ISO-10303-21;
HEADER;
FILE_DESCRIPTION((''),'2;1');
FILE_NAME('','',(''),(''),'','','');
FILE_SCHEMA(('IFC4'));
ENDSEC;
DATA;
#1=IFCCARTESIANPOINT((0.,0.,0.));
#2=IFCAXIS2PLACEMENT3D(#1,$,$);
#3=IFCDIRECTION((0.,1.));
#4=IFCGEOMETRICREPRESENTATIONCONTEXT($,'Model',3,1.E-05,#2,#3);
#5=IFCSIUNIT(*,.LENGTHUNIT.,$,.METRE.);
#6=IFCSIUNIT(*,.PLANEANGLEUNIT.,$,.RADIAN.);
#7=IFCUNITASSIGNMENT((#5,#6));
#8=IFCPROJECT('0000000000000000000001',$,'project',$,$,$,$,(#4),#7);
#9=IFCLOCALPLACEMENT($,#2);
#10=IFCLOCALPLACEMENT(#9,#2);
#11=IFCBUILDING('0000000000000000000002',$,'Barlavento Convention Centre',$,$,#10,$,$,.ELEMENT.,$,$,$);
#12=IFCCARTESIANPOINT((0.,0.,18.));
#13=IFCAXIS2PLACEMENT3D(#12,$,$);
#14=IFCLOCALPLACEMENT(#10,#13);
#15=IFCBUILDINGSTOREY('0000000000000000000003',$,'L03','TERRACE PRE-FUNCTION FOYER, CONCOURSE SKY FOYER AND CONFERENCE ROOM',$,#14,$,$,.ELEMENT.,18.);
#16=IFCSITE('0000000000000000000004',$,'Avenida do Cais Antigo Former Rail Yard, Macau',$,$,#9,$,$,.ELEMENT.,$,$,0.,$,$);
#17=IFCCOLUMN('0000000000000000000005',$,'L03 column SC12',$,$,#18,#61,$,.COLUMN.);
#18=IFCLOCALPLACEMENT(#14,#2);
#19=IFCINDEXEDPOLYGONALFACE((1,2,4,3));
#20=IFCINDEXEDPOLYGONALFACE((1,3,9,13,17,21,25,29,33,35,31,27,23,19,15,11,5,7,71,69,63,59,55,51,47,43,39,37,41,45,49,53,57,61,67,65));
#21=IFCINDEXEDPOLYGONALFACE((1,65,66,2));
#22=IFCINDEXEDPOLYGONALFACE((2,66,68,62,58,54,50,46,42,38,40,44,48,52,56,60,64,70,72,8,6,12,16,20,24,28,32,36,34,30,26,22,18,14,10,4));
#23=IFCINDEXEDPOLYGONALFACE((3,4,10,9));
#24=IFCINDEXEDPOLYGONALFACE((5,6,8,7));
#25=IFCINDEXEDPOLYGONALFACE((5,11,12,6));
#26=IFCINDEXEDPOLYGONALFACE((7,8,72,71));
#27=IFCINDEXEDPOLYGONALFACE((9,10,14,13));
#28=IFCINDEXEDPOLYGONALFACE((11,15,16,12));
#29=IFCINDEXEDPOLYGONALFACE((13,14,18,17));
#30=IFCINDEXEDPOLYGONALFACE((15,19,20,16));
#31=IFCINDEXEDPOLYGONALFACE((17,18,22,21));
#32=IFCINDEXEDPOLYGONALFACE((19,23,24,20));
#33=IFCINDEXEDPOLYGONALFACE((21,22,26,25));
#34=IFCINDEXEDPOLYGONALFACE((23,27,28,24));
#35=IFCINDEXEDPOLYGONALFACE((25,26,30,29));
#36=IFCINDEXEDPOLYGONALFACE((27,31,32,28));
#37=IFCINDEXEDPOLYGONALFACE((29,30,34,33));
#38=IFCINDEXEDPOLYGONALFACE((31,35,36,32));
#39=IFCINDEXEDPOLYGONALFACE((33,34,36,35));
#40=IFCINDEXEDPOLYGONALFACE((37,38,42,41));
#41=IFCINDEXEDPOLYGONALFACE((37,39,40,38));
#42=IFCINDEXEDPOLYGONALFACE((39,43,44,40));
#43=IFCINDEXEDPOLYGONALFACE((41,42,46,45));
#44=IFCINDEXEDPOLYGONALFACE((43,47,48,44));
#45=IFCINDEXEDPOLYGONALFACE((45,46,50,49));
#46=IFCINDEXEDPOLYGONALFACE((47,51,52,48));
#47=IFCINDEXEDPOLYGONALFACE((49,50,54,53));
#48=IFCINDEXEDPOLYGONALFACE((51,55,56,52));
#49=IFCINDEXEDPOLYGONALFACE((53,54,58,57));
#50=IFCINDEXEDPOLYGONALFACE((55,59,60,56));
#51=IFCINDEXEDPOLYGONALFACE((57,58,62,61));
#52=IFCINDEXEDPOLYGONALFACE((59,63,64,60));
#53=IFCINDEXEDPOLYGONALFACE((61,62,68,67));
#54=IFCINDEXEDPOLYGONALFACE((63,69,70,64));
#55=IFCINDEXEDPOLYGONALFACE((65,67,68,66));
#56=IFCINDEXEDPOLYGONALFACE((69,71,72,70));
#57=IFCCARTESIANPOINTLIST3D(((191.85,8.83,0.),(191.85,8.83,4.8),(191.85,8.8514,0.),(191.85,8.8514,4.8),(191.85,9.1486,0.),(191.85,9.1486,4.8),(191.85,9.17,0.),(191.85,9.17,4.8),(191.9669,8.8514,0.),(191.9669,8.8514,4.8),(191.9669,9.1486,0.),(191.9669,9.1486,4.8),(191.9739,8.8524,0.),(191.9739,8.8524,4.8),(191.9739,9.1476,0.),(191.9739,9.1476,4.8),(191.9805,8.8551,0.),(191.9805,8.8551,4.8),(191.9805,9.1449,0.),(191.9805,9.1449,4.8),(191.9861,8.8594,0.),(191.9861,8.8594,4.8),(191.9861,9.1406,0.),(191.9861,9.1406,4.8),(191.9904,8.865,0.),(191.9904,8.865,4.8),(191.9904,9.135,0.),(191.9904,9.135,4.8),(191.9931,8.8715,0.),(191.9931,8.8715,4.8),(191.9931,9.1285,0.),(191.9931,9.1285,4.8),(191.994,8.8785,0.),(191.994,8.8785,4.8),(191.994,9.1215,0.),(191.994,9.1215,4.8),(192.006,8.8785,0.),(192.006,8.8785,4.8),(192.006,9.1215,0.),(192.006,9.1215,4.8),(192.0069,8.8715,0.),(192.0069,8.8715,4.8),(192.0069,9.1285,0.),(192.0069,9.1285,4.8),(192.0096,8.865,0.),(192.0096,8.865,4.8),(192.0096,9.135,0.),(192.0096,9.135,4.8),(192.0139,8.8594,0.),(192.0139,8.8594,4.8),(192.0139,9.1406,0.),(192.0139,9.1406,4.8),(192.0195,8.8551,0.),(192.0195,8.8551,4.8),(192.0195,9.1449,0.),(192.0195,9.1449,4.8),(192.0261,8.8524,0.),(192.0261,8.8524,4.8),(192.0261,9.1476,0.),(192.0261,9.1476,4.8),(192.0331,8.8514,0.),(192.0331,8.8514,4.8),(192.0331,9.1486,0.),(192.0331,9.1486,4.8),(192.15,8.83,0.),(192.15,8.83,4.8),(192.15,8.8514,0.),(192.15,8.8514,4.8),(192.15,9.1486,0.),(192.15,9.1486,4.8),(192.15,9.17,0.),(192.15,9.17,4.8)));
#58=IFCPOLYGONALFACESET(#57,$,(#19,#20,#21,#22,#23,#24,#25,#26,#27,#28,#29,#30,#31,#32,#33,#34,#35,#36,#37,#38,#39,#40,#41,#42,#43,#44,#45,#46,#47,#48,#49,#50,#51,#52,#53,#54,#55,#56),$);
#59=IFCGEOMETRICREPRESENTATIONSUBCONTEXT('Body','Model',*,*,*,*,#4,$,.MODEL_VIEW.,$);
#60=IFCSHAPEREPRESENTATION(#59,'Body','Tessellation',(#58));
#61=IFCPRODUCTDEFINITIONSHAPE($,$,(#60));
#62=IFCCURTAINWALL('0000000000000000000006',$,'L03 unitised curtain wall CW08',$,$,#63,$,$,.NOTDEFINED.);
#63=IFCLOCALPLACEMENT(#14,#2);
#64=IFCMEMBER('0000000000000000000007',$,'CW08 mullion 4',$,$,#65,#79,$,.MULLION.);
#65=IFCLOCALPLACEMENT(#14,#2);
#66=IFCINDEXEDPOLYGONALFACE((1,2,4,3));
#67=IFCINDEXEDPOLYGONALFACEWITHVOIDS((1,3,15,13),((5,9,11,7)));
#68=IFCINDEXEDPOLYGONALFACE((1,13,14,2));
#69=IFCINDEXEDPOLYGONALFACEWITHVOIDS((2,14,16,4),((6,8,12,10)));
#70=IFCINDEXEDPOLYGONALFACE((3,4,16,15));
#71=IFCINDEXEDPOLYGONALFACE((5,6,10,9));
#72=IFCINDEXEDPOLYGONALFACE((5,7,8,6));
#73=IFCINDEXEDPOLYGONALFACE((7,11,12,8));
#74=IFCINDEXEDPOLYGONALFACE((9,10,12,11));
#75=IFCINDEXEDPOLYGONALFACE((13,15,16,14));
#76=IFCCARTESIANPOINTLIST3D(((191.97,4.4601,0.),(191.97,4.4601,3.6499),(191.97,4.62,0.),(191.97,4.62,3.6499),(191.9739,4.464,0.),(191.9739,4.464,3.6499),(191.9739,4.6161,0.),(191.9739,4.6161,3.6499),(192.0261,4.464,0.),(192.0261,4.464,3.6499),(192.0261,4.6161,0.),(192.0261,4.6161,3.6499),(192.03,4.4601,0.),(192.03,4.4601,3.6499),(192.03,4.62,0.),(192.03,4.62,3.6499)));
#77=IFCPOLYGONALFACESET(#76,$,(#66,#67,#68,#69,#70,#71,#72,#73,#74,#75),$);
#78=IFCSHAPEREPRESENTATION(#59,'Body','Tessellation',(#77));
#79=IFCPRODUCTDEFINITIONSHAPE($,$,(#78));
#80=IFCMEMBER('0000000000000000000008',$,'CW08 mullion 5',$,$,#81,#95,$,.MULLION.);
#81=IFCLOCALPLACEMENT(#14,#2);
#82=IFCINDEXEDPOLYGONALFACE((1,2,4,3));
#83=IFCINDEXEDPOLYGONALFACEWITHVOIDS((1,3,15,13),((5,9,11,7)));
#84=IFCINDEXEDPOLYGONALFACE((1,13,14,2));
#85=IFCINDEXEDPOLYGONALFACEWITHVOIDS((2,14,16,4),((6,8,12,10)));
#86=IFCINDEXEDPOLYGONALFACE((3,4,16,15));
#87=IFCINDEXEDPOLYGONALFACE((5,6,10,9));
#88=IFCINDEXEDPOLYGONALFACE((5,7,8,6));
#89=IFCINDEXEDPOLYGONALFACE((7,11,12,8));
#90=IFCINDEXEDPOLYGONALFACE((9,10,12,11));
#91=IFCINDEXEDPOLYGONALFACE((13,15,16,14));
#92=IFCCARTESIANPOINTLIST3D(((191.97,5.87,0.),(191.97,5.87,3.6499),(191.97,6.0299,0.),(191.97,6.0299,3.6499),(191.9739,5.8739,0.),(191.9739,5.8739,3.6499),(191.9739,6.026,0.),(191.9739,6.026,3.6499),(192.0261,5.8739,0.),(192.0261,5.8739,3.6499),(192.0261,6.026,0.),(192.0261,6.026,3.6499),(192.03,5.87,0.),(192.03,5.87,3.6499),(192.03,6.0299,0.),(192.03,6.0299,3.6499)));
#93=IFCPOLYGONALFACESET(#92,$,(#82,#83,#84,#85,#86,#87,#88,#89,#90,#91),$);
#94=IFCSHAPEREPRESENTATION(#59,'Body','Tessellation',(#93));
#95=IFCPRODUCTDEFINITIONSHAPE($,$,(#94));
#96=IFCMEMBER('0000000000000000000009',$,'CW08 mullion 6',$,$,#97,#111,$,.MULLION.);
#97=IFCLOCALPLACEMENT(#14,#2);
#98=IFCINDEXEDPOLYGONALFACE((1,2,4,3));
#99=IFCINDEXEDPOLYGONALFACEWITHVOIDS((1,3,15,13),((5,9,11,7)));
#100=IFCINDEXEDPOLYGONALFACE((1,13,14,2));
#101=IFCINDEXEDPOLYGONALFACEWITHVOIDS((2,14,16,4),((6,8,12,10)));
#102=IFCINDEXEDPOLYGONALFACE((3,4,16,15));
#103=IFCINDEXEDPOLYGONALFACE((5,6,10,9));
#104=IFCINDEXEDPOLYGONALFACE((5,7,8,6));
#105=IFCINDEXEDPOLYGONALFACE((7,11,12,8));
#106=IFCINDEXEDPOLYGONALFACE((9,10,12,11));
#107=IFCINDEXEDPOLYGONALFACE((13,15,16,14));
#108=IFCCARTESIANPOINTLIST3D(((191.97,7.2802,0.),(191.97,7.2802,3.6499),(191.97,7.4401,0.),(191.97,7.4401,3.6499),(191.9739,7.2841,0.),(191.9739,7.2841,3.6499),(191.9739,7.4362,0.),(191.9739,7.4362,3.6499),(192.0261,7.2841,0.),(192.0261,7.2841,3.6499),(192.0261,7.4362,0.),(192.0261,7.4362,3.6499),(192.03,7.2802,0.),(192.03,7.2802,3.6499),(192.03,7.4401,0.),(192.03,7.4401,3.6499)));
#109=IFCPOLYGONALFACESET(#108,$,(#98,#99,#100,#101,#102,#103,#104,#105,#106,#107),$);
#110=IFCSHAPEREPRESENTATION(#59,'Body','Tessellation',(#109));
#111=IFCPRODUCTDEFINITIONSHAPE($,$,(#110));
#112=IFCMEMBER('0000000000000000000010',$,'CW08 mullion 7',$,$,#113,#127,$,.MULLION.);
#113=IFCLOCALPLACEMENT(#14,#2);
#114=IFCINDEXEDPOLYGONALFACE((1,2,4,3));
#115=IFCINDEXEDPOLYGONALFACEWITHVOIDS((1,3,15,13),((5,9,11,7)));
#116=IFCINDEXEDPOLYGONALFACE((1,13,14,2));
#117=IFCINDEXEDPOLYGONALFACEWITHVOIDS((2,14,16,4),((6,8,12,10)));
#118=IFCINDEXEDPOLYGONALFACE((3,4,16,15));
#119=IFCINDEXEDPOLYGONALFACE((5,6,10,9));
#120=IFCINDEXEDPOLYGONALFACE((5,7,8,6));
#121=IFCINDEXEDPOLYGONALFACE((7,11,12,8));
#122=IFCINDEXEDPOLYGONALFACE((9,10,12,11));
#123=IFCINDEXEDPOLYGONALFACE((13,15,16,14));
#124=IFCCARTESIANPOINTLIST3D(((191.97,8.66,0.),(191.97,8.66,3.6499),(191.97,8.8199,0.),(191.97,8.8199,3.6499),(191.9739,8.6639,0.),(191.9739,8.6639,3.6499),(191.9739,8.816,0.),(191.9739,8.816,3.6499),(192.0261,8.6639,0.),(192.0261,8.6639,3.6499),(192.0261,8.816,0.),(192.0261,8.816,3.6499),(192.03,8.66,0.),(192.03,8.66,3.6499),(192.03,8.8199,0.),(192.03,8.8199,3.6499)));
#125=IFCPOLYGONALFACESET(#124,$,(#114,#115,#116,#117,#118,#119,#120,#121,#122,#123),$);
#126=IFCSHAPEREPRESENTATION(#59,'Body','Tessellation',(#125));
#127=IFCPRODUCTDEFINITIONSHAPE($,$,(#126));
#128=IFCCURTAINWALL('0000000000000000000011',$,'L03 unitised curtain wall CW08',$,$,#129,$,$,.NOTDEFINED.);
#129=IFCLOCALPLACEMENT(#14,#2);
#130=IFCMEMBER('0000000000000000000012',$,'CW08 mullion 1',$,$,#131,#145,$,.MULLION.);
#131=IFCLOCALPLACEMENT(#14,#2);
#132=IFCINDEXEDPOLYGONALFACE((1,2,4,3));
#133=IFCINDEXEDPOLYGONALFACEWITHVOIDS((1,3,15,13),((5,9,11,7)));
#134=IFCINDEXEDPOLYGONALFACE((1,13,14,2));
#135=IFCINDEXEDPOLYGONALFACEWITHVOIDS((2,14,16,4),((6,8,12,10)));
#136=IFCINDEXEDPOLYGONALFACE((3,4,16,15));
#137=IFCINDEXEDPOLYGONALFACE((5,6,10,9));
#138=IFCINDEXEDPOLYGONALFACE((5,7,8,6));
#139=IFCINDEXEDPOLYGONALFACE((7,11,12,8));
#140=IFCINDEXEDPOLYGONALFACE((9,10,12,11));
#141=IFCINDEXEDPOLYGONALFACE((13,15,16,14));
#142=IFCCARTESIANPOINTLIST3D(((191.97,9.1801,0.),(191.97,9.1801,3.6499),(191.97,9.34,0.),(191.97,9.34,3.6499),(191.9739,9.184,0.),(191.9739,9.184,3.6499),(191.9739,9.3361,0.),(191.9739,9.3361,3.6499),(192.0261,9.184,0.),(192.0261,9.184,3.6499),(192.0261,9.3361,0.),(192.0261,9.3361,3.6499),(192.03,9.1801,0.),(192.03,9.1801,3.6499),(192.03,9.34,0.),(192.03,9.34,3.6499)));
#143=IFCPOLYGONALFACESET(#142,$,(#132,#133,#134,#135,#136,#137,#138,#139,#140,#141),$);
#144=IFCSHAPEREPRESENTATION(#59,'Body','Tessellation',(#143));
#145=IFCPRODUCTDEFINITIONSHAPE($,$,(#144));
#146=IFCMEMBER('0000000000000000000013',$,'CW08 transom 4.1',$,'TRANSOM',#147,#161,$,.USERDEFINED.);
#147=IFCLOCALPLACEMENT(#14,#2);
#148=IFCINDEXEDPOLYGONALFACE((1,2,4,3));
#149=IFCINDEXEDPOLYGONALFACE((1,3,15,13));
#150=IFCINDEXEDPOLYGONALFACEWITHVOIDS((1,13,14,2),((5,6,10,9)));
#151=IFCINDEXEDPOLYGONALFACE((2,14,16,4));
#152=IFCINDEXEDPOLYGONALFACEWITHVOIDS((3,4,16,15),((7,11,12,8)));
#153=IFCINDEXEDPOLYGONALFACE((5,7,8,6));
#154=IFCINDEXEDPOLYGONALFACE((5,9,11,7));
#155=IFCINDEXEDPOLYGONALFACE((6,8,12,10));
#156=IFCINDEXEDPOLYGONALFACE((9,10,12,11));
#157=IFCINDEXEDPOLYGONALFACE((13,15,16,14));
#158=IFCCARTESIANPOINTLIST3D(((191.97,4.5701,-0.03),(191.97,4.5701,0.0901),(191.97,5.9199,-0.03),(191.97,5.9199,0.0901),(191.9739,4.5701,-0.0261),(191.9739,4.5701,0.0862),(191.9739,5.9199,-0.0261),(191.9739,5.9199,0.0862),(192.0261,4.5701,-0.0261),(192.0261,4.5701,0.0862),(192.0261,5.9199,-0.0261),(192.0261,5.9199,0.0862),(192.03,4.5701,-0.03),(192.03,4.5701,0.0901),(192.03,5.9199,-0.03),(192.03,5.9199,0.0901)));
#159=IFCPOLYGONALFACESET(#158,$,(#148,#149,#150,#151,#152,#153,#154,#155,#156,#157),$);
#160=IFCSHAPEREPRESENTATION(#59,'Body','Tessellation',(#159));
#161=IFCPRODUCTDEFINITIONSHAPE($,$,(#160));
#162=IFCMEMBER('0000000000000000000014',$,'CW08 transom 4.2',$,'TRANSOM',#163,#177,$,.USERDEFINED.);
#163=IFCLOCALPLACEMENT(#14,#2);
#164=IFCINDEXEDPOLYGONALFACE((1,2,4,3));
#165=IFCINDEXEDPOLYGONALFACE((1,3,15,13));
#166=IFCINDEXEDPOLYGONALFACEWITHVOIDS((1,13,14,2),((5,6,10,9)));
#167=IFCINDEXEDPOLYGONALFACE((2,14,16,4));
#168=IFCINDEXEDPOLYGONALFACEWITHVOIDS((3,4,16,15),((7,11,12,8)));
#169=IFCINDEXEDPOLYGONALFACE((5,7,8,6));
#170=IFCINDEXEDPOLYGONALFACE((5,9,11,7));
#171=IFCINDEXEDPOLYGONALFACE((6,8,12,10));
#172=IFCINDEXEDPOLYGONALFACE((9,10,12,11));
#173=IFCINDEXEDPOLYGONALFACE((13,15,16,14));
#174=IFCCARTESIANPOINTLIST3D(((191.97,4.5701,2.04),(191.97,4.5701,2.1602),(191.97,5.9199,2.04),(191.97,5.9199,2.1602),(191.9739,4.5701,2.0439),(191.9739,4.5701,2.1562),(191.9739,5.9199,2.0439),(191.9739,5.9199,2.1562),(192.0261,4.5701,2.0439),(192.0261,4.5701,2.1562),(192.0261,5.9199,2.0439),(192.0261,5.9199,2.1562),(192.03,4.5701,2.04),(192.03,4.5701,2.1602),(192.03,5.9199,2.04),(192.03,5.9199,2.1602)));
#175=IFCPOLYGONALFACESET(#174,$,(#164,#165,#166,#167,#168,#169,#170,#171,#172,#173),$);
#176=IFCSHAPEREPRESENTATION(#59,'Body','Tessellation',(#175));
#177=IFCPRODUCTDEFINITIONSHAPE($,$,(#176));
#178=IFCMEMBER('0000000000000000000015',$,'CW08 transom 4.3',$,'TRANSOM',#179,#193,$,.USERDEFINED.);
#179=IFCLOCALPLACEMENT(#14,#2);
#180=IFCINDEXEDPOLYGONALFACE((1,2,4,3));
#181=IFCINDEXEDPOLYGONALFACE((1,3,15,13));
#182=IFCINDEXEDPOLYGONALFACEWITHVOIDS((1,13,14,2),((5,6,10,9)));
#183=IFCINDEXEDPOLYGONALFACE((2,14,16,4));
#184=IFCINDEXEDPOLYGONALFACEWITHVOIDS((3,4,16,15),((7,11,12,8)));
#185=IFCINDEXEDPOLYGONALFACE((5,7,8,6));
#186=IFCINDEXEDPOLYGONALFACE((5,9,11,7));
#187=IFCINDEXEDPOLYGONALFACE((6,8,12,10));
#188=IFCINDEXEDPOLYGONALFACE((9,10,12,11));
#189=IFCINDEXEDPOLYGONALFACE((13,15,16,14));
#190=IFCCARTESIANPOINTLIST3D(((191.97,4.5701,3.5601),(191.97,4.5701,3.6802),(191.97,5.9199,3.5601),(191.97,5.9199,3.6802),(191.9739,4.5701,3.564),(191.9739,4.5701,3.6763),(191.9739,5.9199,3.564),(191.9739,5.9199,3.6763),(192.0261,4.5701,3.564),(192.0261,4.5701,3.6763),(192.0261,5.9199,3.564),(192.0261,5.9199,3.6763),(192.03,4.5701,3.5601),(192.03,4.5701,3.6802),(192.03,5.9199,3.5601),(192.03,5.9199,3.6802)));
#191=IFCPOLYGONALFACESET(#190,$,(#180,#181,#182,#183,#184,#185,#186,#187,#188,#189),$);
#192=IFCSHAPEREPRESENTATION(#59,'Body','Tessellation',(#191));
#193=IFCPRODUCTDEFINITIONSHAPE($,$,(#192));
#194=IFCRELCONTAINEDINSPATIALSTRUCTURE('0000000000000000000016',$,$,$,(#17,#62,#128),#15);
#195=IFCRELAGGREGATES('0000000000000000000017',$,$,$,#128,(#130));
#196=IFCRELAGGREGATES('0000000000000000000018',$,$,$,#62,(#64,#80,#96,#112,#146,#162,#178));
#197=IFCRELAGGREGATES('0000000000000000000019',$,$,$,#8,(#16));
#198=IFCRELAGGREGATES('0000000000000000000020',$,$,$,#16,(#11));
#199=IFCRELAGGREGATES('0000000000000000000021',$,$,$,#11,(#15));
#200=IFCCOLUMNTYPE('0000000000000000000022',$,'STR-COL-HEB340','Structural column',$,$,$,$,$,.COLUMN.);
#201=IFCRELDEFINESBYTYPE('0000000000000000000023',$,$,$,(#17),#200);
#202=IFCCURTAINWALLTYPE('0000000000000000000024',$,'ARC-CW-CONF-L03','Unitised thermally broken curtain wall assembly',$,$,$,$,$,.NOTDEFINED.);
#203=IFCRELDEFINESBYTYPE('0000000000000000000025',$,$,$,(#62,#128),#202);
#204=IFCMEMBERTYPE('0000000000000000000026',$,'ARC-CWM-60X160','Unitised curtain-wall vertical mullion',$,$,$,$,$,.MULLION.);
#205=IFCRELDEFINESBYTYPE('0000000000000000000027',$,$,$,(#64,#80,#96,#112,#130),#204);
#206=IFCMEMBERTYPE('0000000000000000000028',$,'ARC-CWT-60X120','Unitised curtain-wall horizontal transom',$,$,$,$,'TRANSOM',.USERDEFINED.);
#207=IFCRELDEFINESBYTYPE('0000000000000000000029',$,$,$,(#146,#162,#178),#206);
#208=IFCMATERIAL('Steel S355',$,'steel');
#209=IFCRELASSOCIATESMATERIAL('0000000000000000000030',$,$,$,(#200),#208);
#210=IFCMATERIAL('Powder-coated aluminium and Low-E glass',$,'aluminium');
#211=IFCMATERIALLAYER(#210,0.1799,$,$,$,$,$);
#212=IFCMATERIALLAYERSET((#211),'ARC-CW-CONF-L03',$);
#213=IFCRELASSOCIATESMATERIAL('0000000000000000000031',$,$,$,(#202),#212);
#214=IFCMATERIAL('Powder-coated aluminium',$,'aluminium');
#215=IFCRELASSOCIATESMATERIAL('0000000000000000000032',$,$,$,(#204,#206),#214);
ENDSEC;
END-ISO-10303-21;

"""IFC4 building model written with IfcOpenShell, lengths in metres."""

from ifc_helpers import new_model, si_unit, direction, frame, origin, origin_2d, place, context, subcontext, project, spatial, hollow_rectangle, i_section, extrude, material, layer, layer_set, material_profile, profile_set, type_object, element, aggregate, save


model = new_model("IFC4")

# Units and contexts
model_context = context("Model", 3, precision=1e-05, world=origin(), true_north=direction((0.0, 1.0)))
body_context = subcontext(model_context, "Body", "Model", "MODEL_VIEW")
ifc_project = project(units=[si_unit("LENGTHUNIT", "METRE"), si_unit("PLANEANGLEUNIT", "RADIAN")], contexts=[model_context])

# Site, building, storey
site_placement = place(None, origin())
site = spatial("IfcSite", under=ifc_project, at=site_placement, Name="Avenida do Cais Antigo Former Rail Yard, Macau", CompositionType="ELEMENT", RefElevation=0.0)
building_placement = place(site_placement, origin())
building = spatial("IfcBuilding", under=site, at=building_placement, Name="Barlavento Convention Centre", CompositionType="ELEMENT")
storey_placement = place(building_placement, frame((0.0, 0.0, 18.0)))
storey = spatial("IfcBuildingStorey", under=building, at=storey_placement, Name="L03", Description="TERRACE PRE-FUNCTION FOYER, CONCOURSE SKY FOYER AND CONFERENCE ROOM", CompositionType="ELEMENT", Elevation=18.0)

# Column
ifc_material_1 = material(Name="Steel S355", Category="steel")
ifc_material_profile_1 = material_profile(ifc_material_1, i_section(OverallWidth=0.3, OverallDepth=0.3401, WebThickness=0.012, FlangeThickness=0.0215, FilletRadius=0.0271, at=origin_2d()), Name="HEB 340")
ifc_profile_set_1 = profile_set([ifc_material_profile_1], Name="Steel S355")
column_type = type_object("IfcColumnType", Name="STR-COL-HEB340", Description="Structural column", PredefinedType="COLUMN", material=ifc_profile_set_1)
column_placement = place(storey_placement, frame((192.0, 9.0, 0.0), z_axis=(0.0, 0.0, 1.0), x_axis=(1.0, 0.0, 0.0)))
element("IfcColumn", 1, at=column_placement, inside=storey, type_object=column_type, Name="L03 column SC12", PredefinedType="COLUMN", context=body_context, shape_type="SweptSolid", body=[
    extrude(i_section(OverallWidth=0.3, OverallDepth=0.3401, WebThickness=0.012, FlangeThickness=0.0215, FilletRadius=0.0271, at=origin_2d()), origin(), (0.0, 0.0, 1.0), 4.8),
])

# Curtain wall, members
ifc_material_2 = material(Name="Powder-coated aluminium and Low-E glass", Category="aluminium")
ifc_layer_1 = layer(ifc_material_2, 0.1799)
ifc_layer_set_1 = layer_set([ifc_layer_1], Name="ARC-CW-CONF-L03")
curtain_wall_type = type_object("IfcCurtainWallType", Name="ARC-CW-CONF-L03", Description="Unitised thermally broken curtain wall assembly", PredefinedType="NOTDEFINED", material=ifc_layer_set_1)
curtain_wall_1_placement = place(storey_placement, origin())
curtain_wall_1 = element("IfcCurtainWall", 2, at=curtain_wall_1_placement, inside=storey, type_object=curtain_wall_type, Name="L03 unitised curtain wall CW08", PredefinedType="NOTDEFINED")
ifc_material_3 = material(Name="Powder-coated aluminium", Category="aluminium")
ifc_material_profile_2 = material_profile(ifc_material_3, hollow_rectangle(XDim=0.0601, YDim=0.1599, WallThickness=0.0039, at=origin_2d()), Name="AL-MULL 60x160x4")
ifc_profile_set_2 = profile_set([ifc_material_profile_2], Name="Powder-coated aluminium")
member_type_1 = type_object("IfcMemberType", Name="ARC-CWM-60X160", Description="Unitised curtain-wall vertical mullion", PredefinedType="MULLION", material=ifc_profile_set_2)
member_1_placement = place(storey_placement, frame((192.0, 4.54, 0.0), z_axis=(0.0, 0.0, 1.0), x_axis=(-1.0, 0.0, 0.0)))
member_1 = element("IfcMember", 3, at=member_1_placement, type_object=member_type_1, Name="CW08 mullion 4", PredefinedType="MULLION", context=body_context, shape_type="SweptSolid", body=[
    extrude(hollow_rectangle(XDim=0.0601, YDim=0.1599, WallThickness=0.0039, at=origin_2d()), origin(), (0.0, 0.0, 1.0), 3.6499),
])
member_2_placement = place(storey_placement, frame((192.0, 5.95, 0.0), z_axis=(0.0, 0.0, 1.0), x_axis=(-1.0, 0.0, 0.0)))
member_2 = element("IfcMember", 4, at=member_2_placement, type_object=member_type_1, Name="CW08 mullion 5", PredefinedType="MULLION", context=body_context, shape_type="SweptSolid", body=[
    extrude(hollow_rectangle(XDim=0.0601, YDim=0.1599, WallThickness=0.0039, at=origin_2d()), origin(), (0.0, 0.0, 1.0), 3.6499),
])
member_3_placement = place(storey_placement, frame((192.0, 7.3601, 0.0), z_axis=(0.0, 0.0, 1.0), x_axis=(-1.0, 0.0, 0.0)))
member_3 = element("IfcMember", 5, at=member_3_placement, type_object=member_type_1, Name="CW08 mullion 6", PredefinedType="MULLION", context=body_context, shape_type="SweptSolid", body=[
    extrude(hollow_rectangle(XDim=0.0601, YDim=0.1599, WallThickness=0.0039, at=origin_2d()), origin(), (0.0, 0.0, 1.0), 3.6499),
])
member_4_placement = place(storey_placement, frame((192.0, 8.74, 0.0), z_axis=(0.0, 0.0, 1.0), x_axis=(-1.0, 0.0, 0.0)))
member_4 = element("IfcMember", 6, at=member_4_placement, type_object=member_type_1, Name="CW08 mullion 7", PredefinedType="MULLION", context=body_context, shape_type="SweptSolid", body=[
    extrude(hollow_rectangle(XDim=0.0601, YDim=0.1599, WallThickness=0.0039, at=origin_2d()), origin(), (0.0, 0.0, 1.0), 3.6499),
])

# Curtain wall, member
curtain_wall_2_placement = place(storey_placement, origin())
curtain_wall_2 = element("IfcCurtainWall", 7, at=curtain_wall_2_placement, inside=storey, type_object=curtain_wall_type, Name="L03 unitised curtain wall CW08", PredefinedType="NOTDEFINED")
member_5_placement = place(storey_placement, frame((192.0, 9.26, 0.0), z_axis=(0.0, 0.0, 1.0), x_axis=(-1.0, 0.0, 0.0)))
member_5 = element("IfcMember", 8, at=member_5_placement, type_object=member_type_1, Name="CW08 mullion 1", PredefinedType="MULLION", context=body_context, shape_type="SweptSolid", body=[
    extrude(hollow_rectangle(XDim=0.0601, YDim=0.1599, WallThickness=0.0039, at=origin_2d()), origin(), (0.0, 0.0, 1.0), 3.6499),
])

# Members
ifc_material_profile_3 = material_profile(ifc_material_3, hollow_rectangle(XDim=0.0601, YDim=0.1201, WallThickness=0.0039, at=origin_2d()), Name="AL-TRAN 60x120x4")
ifc_profile_set_3 = profile_set([ifc_material_profile_3], Name="Powder-coated aluminium")
member_type_2 = type_object("IfcMemberType", Name="ARC-CWT-60X120", Description="Unitised curtain-wall horizontal transom", ElementType="TRANSOM", PredefinedType="USERDEFINED", material=ifc_profile_set_3)
member_6_placement = place(storey_placement, frame((192.0, 4.5701, 0.03), z_axis=(0.0, 1.0, 0.0), x_axis=(-1.0, 0.0, 0.0)))
member_6 = element("IfcMember", 9, at=member_6_placement, type_object=member_type_2, Name="CW08 transom 4.1", ObjectType="TRANSOM", PredefinedType="USERDEFINED", context=body_context, shape_type="SweptSolid", body=[
    extrude(hollow_rectangle(XDim=0.0601, YDim=0.1201, WallThickness=0.0039, at=origin_2d()), origin(), (0.0, 0.0, 1.0), 1.3499),
])
member_7_placement = place(storey_placement, frame((192.0, 4.5701, 2.1001), z_axis=(0.0, 1.0, 0.0), x_axis=(-1.0, 0.0, 0.0)))
member_7 = element("IfcMember", 10, at=member_7_placement, type_object=member_type_2, Name="CW08 transom 4.2", ObjectType="TRANSOM", PredefinedType="USERDEFINED", context=body_context, shape_type="SweptSolid", body=[
    extrude(hollow_rectangle(XDim=0.0601, YDim=0.1201, WallThickness=0.0039, at=origin_2d()), origin(), (0.0, 0.0, 1.0), 1.3499),
])
member_8_placement = place(storey_placement, frame((192.0, 4.5701, 3.6201), z_axis=(0.0, 1.0, 0.0), x_axis=(-1.0, 0.0, 0.0)))
member_8 = element("IfcMember", 11, at=member_8_placement, type_object=member_type_2, Name="CW08 transom 4.3", ObjectType="TRANSOM", PredefinedType="USERDEFINED", context=body_context, shape_type="SweptSolid", body=[
    extrude(hollow_rectangle(XDim=0.0601, YDim=0.1201, WallThickness=0.0039, at=origin_2d()), origin(), (0.0, 0.0, 1.0), 1.3499),
])
aggregate(curtain_wall_2, [member_5])

aggregate(curtain_wall_1, [member_1, member_2, member_3, member_4, member_6, member_7, member_8])

save(model, "model.ifc")
